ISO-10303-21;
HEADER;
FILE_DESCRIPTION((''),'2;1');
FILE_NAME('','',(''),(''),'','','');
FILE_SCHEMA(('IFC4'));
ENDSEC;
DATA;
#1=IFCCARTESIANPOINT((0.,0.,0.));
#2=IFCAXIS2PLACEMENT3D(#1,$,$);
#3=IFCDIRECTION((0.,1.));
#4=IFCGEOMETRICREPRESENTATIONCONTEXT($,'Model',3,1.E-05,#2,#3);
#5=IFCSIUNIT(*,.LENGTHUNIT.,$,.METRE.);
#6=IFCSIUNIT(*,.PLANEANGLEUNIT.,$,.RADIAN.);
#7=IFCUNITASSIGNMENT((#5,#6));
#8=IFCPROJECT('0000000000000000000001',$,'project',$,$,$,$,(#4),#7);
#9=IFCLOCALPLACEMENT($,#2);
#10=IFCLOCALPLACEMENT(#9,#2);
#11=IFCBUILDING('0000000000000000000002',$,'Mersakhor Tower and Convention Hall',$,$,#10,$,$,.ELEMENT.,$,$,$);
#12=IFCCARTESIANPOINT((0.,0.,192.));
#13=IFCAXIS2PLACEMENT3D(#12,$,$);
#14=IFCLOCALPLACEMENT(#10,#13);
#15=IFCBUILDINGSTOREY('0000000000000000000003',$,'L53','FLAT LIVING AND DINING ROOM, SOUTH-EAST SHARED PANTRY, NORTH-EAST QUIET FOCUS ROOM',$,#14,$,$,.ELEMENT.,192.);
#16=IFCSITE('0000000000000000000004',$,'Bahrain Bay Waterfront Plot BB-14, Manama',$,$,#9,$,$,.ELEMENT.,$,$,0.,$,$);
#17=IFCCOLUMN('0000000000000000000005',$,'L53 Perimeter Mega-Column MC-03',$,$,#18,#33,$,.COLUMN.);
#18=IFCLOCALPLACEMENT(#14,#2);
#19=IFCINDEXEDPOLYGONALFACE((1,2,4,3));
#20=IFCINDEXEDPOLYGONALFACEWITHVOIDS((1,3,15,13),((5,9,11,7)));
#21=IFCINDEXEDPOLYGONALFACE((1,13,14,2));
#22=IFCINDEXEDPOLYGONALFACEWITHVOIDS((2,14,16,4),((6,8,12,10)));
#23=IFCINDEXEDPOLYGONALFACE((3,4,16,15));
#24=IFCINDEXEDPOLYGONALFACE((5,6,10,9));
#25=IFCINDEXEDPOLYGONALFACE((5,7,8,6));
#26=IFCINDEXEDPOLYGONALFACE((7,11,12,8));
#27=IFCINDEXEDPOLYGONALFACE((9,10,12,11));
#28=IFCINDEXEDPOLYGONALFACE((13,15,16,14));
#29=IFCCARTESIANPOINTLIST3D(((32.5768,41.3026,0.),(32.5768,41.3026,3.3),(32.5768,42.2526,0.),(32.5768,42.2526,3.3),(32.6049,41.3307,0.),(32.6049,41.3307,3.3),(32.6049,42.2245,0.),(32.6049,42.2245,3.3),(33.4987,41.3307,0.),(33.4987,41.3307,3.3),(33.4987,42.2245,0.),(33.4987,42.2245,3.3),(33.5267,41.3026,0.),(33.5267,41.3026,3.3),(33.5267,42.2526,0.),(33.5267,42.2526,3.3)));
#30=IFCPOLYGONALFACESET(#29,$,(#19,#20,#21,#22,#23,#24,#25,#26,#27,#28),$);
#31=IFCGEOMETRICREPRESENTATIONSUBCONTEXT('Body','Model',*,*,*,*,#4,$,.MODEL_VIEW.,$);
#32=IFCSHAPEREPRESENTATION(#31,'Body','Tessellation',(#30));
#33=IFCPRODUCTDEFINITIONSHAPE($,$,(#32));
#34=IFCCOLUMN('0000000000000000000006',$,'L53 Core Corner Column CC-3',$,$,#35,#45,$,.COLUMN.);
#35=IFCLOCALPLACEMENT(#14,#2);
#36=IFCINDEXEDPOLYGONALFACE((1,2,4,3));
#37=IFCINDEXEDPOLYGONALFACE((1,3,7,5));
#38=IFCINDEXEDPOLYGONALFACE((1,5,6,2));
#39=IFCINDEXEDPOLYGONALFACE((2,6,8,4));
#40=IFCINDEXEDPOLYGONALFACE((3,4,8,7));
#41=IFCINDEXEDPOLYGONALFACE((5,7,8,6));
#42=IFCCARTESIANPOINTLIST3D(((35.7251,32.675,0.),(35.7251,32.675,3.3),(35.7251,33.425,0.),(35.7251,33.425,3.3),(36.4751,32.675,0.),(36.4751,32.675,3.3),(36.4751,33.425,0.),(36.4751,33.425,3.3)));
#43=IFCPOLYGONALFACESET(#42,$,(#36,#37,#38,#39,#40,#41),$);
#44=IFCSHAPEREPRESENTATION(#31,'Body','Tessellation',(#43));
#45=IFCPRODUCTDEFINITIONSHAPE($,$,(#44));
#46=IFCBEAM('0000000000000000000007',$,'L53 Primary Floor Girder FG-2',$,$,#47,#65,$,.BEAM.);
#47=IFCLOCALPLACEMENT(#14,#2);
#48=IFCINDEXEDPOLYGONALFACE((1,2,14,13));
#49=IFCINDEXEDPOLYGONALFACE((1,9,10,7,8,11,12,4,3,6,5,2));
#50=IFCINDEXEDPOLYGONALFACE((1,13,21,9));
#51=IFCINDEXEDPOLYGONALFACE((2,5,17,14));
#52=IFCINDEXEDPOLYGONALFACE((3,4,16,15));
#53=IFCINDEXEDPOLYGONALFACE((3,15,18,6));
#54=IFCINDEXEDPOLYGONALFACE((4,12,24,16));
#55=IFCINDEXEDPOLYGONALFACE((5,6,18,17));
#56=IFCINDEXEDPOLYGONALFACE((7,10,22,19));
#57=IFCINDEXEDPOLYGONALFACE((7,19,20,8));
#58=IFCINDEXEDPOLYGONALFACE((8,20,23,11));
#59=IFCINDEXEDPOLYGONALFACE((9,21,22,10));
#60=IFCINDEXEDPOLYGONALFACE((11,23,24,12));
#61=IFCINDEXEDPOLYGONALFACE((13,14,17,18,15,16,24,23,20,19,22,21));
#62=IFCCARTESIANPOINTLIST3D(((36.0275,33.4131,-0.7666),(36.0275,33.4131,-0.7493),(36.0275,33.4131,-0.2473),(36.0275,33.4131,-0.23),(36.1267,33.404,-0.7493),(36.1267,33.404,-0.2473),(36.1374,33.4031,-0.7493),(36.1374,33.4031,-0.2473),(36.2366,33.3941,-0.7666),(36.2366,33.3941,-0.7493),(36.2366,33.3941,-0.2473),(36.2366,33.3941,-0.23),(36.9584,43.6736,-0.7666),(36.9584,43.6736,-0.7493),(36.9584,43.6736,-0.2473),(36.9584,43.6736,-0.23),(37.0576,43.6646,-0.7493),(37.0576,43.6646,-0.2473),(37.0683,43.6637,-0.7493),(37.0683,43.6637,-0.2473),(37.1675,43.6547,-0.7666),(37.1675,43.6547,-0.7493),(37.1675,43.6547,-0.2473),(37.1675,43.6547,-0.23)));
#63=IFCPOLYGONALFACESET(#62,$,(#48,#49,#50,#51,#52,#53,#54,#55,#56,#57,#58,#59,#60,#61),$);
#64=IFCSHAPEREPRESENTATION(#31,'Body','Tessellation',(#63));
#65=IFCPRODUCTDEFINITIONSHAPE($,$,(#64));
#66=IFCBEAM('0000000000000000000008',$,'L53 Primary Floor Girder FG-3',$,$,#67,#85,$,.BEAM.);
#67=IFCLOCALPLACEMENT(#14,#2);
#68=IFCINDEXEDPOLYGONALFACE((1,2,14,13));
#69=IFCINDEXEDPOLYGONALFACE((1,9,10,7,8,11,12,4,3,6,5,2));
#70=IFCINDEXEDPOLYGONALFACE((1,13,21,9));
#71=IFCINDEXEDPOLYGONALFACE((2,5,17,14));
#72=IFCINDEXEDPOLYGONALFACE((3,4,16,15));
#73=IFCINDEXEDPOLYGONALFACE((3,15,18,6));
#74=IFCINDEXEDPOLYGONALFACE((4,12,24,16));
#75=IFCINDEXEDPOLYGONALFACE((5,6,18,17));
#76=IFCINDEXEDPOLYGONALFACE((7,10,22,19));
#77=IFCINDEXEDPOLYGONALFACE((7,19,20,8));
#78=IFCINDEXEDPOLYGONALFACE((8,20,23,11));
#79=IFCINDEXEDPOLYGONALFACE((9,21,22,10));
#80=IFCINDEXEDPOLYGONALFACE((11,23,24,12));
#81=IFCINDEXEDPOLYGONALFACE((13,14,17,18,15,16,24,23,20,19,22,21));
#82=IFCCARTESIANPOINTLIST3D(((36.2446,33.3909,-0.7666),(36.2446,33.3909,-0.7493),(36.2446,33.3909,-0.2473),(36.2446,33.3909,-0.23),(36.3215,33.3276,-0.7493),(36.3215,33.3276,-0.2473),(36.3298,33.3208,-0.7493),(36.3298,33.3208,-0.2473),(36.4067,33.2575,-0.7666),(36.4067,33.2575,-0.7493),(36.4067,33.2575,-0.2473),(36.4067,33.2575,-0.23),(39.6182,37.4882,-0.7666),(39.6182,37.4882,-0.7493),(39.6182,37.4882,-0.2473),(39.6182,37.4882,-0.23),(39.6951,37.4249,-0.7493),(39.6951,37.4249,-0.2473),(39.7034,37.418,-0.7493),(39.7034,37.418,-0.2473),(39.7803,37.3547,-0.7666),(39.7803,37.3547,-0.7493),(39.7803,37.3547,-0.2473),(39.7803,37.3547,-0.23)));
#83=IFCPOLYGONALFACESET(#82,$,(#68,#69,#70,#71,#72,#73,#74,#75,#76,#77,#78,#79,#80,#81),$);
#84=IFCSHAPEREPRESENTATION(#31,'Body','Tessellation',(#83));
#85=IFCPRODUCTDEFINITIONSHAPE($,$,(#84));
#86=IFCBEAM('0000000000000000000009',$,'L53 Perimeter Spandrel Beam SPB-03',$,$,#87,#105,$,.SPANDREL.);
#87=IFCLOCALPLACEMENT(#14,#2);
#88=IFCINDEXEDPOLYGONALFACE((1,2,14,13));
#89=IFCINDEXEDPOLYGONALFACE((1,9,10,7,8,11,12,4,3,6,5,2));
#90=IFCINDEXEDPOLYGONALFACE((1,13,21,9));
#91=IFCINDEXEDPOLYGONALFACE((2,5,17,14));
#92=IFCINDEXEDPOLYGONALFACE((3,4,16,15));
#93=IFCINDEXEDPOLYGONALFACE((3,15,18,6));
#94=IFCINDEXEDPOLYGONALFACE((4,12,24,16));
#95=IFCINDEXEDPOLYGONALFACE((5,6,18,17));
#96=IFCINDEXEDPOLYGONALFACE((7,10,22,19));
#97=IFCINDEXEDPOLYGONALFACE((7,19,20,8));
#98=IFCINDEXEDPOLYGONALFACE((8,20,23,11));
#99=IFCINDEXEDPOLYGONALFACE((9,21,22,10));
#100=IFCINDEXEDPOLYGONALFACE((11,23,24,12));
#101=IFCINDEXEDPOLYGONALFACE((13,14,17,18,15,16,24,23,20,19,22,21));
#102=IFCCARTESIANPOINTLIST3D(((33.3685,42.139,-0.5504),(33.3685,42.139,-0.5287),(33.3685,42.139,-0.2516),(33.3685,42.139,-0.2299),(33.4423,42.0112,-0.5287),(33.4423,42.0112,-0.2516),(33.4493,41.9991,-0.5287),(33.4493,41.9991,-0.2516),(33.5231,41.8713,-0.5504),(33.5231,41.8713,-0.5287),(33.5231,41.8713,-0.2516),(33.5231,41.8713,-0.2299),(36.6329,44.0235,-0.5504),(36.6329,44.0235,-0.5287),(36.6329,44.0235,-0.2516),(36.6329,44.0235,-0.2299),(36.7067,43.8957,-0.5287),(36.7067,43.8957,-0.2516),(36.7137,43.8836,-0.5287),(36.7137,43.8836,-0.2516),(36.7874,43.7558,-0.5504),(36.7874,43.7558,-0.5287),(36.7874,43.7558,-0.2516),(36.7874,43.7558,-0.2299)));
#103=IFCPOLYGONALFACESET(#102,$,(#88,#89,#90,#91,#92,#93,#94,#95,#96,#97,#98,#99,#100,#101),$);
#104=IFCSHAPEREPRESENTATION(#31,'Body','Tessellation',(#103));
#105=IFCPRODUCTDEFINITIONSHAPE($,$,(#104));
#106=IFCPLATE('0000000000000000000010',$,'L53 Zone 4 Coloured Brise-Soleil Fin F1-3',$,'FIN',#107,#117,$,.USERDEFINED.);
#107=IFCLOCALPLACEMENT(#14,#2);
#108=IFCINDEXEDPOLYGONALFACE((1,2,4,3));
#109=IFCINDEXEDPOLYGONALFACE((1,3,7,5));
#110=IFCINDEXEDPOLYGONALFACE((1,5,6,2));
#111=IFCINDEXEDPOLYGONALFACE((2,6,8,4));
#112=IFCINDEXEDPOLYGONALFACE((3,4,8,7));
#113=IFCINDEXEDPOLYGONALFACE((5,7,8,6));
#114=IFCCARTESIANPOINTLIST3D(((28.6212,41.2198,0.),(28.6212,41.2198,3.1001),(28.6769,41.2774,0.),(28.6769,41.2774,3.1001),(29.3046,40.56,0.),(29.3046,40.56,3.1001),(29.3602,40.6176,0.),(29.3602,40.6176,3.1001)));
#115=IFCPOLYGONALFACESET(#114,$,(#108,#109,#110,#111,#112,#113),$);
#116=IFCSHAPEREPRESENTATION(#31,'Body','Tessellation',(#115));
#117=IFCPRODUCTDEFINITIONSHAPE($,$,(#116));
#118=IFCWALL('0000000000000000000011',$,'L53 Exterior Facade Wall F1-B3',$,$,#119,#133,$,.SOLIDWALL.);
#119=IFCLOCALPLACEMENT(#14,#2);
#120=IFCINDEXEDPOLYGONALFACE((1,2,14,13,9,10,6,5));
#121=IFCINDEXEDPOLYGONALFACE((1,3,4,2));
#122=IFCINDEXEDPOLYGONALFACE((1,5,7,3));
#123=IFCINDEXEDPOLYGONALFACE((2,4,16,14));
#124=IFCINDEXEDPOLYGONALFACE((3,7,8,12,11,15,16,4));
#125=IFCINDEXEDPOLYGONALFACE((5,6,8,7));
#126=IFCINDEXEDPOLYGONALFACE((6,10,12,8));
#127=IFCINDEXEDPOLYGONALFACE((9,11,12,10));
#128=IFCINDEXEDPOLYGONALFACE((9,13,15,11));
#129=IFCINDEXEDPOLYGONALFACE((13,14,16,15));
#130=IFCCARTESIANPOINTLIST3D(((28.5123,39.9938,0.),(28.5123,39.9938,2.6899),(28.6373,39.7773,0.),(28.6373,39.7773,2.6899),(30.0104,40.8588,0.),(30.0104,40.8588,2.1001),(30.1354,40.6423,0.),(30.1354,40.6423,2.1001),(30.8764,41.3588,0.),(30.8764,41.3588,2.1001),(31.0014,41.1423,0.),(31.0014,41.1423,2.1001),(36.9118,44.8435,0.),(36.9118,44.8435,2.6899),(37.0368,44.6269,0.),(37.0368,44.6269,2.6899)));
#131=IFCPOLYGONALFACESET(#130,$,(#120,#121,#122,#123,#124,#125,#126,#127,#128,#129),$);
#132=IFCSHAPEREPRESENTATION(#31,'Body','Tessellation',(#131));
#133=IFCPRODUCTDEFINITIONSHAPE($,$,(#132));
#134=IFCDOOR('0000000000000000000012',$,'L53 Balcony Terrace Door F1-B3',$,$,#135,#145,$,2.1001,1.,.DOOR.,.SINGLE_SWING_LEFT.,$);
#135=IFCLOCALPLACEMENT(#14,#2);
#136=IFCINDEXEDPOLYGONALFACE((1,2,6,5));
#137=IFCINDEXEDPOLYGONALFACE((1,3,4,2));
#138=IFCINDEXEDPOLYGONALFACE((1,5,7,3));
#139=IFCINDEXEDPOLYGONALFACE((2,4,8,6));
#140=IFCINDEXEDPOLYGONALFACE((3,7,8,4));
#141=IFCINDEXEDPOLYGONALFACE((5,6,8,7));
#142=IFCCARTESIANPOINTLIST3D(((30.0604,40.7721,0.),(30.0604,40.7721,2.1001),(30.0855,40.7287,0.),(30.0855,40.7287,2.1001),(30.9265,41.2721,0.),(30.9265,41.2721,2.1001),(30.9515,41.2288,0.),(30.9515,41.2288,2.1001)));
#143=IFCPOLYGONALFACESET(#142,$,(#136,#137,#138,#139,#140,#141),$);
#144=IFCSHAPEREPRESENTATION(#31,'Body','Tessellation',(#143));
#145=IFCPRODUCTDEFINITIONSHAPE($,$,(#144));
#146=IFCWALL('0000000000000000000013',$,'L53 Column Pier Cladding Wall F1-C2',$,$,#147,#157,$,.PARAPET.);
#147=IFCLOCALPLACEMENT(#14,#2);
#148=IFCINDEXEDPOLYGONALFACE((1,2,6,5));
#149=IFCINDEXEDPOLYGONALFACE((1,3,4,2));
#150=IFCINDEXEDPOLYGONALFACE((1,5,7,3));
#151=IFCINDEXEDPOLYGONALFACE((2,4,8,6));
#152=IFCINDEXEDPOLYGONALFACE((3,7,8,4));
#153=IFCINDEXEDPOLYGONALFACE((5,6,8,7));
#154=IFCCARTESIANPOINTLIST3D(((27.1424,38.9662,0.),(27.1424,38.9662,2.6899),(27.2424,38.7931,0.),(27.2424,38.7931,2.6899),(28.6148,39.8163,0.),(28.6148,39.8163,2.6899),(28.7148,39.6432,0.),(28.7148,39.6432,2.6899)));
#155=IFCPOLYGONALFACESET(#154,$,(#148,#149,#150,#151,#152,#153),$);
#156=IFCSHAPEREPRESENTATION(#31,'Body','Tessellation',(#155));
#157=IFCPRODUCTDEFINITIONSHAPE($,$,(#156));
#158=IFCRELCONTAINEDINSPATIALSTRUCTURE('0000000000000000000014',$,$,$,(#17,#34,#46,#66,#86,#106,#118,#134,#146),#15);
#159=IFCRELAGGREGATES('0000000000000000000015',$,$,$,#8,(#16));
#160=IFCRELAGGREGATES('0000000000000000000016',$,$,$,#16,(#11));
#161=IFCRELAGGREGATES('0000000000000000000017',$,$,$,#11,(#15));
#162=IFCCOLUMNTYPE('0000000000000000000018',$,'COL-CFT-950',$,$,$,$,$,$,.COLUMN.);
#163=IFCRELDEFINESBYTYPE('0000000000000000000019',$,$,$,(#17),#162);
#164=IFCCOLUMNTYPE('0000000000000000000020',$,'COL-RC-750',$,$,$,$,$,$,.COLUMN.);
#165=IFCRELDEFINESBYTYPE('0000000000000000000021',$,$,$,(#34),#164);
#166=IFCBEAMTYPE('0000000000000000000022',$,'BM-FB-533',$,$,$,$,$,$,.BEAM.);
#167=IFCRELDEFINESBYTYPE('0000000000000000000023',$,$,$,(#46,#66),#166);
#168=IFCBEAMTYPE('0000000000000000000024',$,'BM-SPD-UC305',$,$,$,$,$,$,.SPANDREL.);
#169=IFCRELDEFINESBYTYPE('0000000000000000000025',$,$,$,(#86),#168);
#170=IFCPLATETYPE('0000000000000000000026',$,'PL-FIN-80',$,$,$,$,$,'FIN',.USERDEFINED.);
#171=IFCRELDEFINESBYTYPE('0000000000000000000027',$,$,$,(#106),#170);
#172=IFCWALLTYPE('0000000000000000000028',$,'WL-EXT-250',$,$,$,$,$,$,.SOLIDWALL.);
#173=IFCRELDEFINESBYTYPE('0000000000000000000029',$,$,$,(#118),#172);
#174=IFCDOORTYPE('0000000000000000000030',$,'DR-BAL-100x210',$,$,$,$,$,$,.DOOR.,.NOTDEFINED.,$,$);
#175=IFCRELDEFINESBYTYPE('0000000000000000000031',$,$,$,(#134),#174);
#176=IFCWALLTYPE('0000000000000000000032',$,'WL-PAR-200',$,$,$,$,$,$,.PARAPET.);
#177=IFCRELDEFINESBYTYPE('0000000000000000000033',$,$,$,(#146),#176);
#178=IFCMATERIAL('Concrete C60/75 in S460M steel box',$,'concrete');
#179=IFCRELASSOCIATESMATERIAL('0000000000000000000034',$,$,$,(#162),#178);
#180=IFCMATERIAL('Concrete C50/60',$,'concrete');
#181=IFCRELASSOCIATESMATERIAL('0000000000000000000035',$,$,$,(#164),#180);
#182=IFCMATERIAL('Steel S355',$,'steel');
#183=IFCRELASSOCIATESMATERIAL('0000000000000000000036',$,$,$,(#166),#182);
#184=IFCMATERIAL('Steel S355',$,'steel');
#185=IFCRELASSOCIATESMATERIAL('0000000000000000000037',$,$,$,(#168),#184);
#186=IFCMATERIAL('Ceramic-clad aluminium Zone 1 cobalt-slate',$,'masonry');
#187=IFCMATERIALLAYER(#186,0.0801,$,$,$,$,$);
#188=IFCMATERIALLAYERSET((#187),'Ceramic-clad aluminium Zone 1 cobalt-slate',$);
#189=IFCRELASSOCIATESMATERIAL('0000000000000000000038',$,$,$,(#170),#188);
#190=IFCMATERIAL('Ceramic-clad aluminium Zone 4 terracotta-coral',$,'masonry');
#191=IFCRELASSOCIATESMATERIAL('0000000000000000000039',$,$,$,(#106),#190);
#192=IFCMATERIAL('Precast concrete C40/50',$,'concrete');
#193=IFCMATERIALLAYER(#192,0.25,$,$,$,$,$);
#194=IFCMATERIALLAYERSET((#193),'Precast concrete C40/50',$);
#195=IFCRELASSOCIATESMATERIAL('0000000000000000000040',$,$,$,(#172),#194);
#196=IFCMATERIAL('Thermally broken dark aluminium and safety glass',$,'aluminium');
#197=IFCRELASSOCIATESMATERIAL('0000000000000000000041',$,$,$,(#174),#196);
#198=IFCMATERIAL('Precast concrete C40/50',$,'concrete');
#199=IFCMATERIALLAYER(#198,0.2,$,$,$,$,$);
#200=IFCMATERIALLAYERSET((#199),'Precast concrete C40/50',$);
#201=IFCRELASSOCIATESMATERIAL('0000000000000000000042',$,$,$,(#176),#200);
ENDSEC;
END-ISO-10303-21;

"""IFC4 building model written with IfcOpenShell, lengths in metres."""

from ifc_helpers import new_model, si_unit, direction, frame, frame_2d, origin, origin_2d, place, context, subcontext, project, spatial, rectangle, hollow_rectangle, i_section, extrude, material, layer, layer_set, material_profile, profile_set, type_object, element, fill, save


model = new_model("IFC4")

# Units and contexts
model_context = context("Model", 3, precision=1e-05, world=origin(), true_north=direction((0.0, 1.0)))
body_context = subcontext(model_context, "Body", "Model", "MODEL_VIEW")
ifc_project = project(units=[si_unit("LENGTHUNIT", "METRE"), si_unit("PLANEANGLEUNIT", "RADIAN")], contexts=[model_context])

# Site, building, storey
site_placement = place(None, origin())
site = spatial("IfcSite", under=ifc_project, at=site_placement, Name="Bahrain Bay Waterfront Plot BB-14, Manama", CompositionType="ELEMENT", RefElevation=0.0)
building_placement = place(site_placement, origin())
building = spatial("IfcBuilding", under=site, at=building_placement, Name="Mersakhor Tower and Convention Hall", CompositionType="ELEMENT")
storey_placement = place(building_placement, frame((0.0, 0.0, 192.0)))
storey = spatial("IfcBuildingStorey", under=building, at=storey_placement, Name="L53", Description="FLAT LIVING AND DINING ROOM, SOUTH-EAST SHARED PANTRY, NORTH-EAST QUIET FOCUS ROOM", CompositionType="ELEMENT", Elevation=192.0)

# Columns
ifc_material_1 = material(Name="Concrete C60/75 in S460M steel box", Category="concrete")
ifc_material_profile_1 = material_profile(ifc_material_1, hollow_rectangle(XDim=0.95, YDim=0.95, WallThickness=0.0281, at=origin_2d()), Name="SHS 950x950x28")
ifc_profile_set_1 = profile_set([ifc_material_profile_1], Name="Concrete C60/75 in S460M steel box")
column_type_1 = type_object("IfcColumnType", Name="COL-CFT-950", PredefinedType="COLUMN", material=ifc_profile_set_1)
column_1_placement = place(storey_placement, frame((33.0518, 41.7776, 0.0), z_axis=(0.0, 0.0, 1.0), x_axis=(1.0, 0.0, 0.0)))
element("IfcColumn", 1, at=column_1_placement, inside=storey, type_object=column_type_1, Name="L53 Perimeter Mega-Column MC-03", PredefinedType="COLUMN", context=body_context, shape_type="SweptSolid", body=[
    extrude(hollow_rectangle(XDim=0.95, YDim=0.95, WallThickness=0.0281, at=origin_2d()), origin(), (0.0, 0.0, 1.0), 3.3),
])
ifc_material_2 = material(Name="Concrete C50/60", Category="concrete")
ifc_material_profile_2 = material_profile(ifc_material_2, rectangle(XDim=0.75, YDim=0.75, at=origin_2d()), Name="RC 750x750")
ifc_profile_set_2 = profile_set([ifc_material_profile_2], Name="Concrete C50/60")
column_type_2 = type_object("IfcColumnType", Name="COL-RC-750", PredefinedType="COLUMN", material=ifc_profile_set_2)
column_2_placement = place(storey_placement, frame((36.1001, 33.05, 0.0), z_axis=(0.0, 0.0, 1.0), x_axis=(1.0, 0.0, 0.0)))
element("IfcColumn", 2, at=column_2_placement, inside=storey, type_object=column_type_2, Name="L53 Core Corner Column CC-3", PredefinedType="COLUMN", context=body_context, shape_type="SweptSolid", body=[
    extrude(rectangle(XDim=0.75, YDim=0.75, at=origin_2d()), origin(), (0.0, 0.0, 1.0), 3.3),
])

# Beams
ifc_material_3 = material(Name="Steel S355", Category="steel")
ifc_material_profile_3 = material_profile(ifc_material_3, i_section(OverallWidth=0.21, OverallDepth=0.5366, WebThickness=0.0107, FlangeThickness=0.0173, at=origin_2d()), Name="UB 533x210x101")
ifc_profile_set_3 = profile_set([ifc_material_profile_3], Name="Steel S355")
beam_type_1 = type_object("IfcBeamType", Name="BM-FB-533", PredefinedType="BEAM", material=ifc_profile_set_3)
beam_1_placement = place(storey_placement, frame((36.1321, 33.4036, -0.4983), z_axis=(0.090356, 0.99591, 0.0), x_axis=(-0.99591, 0.090356, 0.0)))
element("IfcBeam", 3, at=beam_1_placement, inside=storey, type_object=beam_type_1, Name="L53 Primary Floor Girder FG-2", PredefinedType="BEAM", context=body_context, shape_type="SweptSolid", body=[
    extrude(i_section(OverallWidth=0.21, OverallDepth=0.5366, WebThickness=0.0107, FlangeThickness=0.0173, at=origin_2d()), origin(), (0.0, 0.0, 1.0), 10.3027),
])
beam_2_placement = place(storey_placement, frame((36.3257, 33.3242, -0.4983), z_axis=(0.63564, 0.771986, 0.0), x_axis=(-0.771986, 0.63564, 0.0)))
element("IfcBeam", 4, at=beam_2_placement, inside=storey, type_object=beam_type_1, Name="L53 Primary Floor Girder FG-3", PredefinedType="BEAM", context=body_context, shape_type="SweptSolid", body=[
    extrude(i_section(OverallWidth=0.21, OverallDepth=0.5366, WebThickness=0.0107, FlangeThickness=0.0173, at=origin_2d()), origin(), (0.0, 0.0, 1.0), 5.3074),
])
ifc_material_4 = material(Name="Steel S355", Category="steel")
ifc_material_profile_4 = material_profile(ifc_material_4, i_section(OverallWidth=0.3091, OverallDepth=0.3206, WebThickness=0.0139, FlangeThickness=0.0217, at=origin_2d()), Name="UC 305x305x137")
ifc_profile_set_4 = profile_set([ifc_material_profile_4], Name="Steel S355")
beam_type_2 = type_object("IfcBeamType", Name="BM-SPD-UC305", PredefinedType="SPANDREL", material=ifc_profile_set_4)
beam_3_placement = place(storey_placement, frame((33.4458, 42.0051, -0.3901), z_axis=(0.866046, 0.499964, 0.0), x_axis=(-0.499964, 0.866046, 0.0)))
element("IfcBeam", 5, at=beam_3_placement, inside=storey, type_object=beam_type_2, Name="L53 Perimeter Spandrel Beam SPB-03", PredefinedType="SPANDREL", context=body_context, shape_type="SweptSolid", body=[
    extrude(i_section(OverallWidth=0.3091, OverallDepth=0.3206, WebThickness=0.0139, FlangeThickness=0.0217, at=origin_2d()), origin(), (0.0, 0.0, 1.0), 3.7693),
])

# Plate
ifc_material_5 = material(Name="Ceramic-clad aluminium Zone 4 terracotta-coral", Category="masonry")
ifc_material_6 = material(Name="Ceramic-clad aluminium Zone 1 cobalt-slate", Category="masonry")
ifc_layer_1 = layer(ifc_material_6, 0.0801)
ifc_layer_set_1 = layer_set([ifc_layer_1], Name="Ceramic-clad aluminium Zone 1 cobalt-slate")
plate_type = type_object("IfcPlateType", Name="PL-FIN-80", ElementType="FIN", PredefinedType="USERDEFINED", material=ifc_layer_set_1)
plate_placement = place(storey_placement, frame((28.9907, 40.9187, 0.0), z_axis=(0.0, 0.0, 1.0), x_axis=(-0.71934, 0.694658, 0.0)))
element("IfcPlate", 6, at=plate_placement, inside=storey, type_object=plate_type, material=ifc_material_5, Name="L53 Zone 4 Coloured Brise-Soleil Fin F1-3", ObjectType="FIN", PredefinedType="USERDEFINED", context=body_context, shape_type="SweptSolid", body=[
    extrude(rectangle(XDim=0.95, YDim=0.0801, at=origin_2d()), origin(), (0.0, 0.0, 1.0), 3.1001),
])

# Wall, opening, door
ifc_material_7 = material(Name="Precast concrete C40/50", Category="concrete")
ifc_layer_2 = layer(ifc_material_7, 0.25)
ifc_layer_set_2 = layer_set([ifc_layer_2], Name="Precast concrete C40/50")
wall_type_1 = type_object("IfcWallType", Name="WL-EXT-250", PredefinedType="SOLIDWALL", material=ifc_layer_set_2)
wall_1_placement = place(storey_placement, frame((28.5747, 39.8855, 0.0), z_axis=(0.0, 0.0, 1.0), x_axis=(0.866016, 0.500016, 0.0)))
wall_1 = element("IfcWall", 7, at=wall_1_placement, inside=storey, type_object=wall_type_1, Name="L53 Exterior Facade Wall F1-B3", PredefinedType="SOLIDWALL", context=body_context, shape_type="SweptSolid", body=[
    extrude(rectangle(XDim=9.699, YDim=0.25, at=frame_2d((4.8496, 0.0))), origin(), (0.0, 0.0, 1.0), 2.6899),
])
opening_1_placement = place(wall_1_placement, frame((1.73, 0.0, 0.0)))
opening_1 = element("IfcOpeningElement", 8, at=opening_1_placement, cuts=wall_1, PredefinedType="OPENING", context=body_context, shape_type="SweptSolid", body=[
    extrude(rectangle(XDim=1.0, YDim=2.1001, at=frame_2d((0.5, 1.05))), frame((0.0, 0.135, 0.0), z_axis=(0.0, -1.0, 0.0), x_axis=(1.0, 0.0, 0.0)), (0.0, 0.0, 1.0), 0.27),
])
ifc_material_8 = material(Name="Thermally broken dark aluminium and safety glass", Category="aluminium")
door_type_1 = type_object("IfcDoorType", Name="DR-BAL-100x210", OperationType="NOTDEFINED", PredefinedType="DOOR", material=ifc_material_8)
door_1_placement = place(opening_1_placement, origin())
door_1 = element("IfcDoor", 9, at=door_1_placement, inside=storey, type_object=door_type_1, Name="L53 Balcony Terrace Door F1-B3", OperationType="SINGLE_SWING_LEFT", OverallHeight=2.1001, OverallWidth=1.0, PredefinedType="DOOR", context=body_context, shape_type="SweptSolid", body=[
    extrude(rectangle(XDim=1.0, YDim=2.1001, at=frame_2d((0.5, 1.05))), frame((0.0, 0.0249, 0.0), z_axis=(0.0, -1.0, 0.0), x_axis=(1.0, 0.0, 0.0)), (0.0, 0.0, 1.0), 0.05),
])
fill(opening_1, door_1)

# Wall
ifc_material_9 = material(Name="Precast concrete C40/50", Category="concrete")
ifc_layer_3 = layer(ifc_material_9, 0.2)
ifc_layer_set_3 = layer_set([ifc_layer_3], Name="Precast concrete C40/50")
wall_type_2 = type_object("IfcWallType", Name="WL-PAR-200", PredefinedType="PARAPET", material=ifc_layer_set_3)
wall_2_placement = place(storey_placement, frame((27.1924, 38.8796, 0.0), z_axis=(0.0, 0.0, 1.0), x_axis=(0.866025, 0.5, 0.0)))
element("IfcWall", 10, at=wall_2_placement, inside=storey, type_object=wall_type_2, Name="L53 Column Pier Cladding Wall F1-C2", PredefinedType="PARAPET", context=body_context, shape_type="SweptSolid", body=[
    extrude(rectangle(XDim=1.7002, YDim=0.2, at=frame_2d((0.8501, 0.0))), origin(), (0.0, 0.0, 1.0), 2.6899),
])

save(model, "model.ifc")
